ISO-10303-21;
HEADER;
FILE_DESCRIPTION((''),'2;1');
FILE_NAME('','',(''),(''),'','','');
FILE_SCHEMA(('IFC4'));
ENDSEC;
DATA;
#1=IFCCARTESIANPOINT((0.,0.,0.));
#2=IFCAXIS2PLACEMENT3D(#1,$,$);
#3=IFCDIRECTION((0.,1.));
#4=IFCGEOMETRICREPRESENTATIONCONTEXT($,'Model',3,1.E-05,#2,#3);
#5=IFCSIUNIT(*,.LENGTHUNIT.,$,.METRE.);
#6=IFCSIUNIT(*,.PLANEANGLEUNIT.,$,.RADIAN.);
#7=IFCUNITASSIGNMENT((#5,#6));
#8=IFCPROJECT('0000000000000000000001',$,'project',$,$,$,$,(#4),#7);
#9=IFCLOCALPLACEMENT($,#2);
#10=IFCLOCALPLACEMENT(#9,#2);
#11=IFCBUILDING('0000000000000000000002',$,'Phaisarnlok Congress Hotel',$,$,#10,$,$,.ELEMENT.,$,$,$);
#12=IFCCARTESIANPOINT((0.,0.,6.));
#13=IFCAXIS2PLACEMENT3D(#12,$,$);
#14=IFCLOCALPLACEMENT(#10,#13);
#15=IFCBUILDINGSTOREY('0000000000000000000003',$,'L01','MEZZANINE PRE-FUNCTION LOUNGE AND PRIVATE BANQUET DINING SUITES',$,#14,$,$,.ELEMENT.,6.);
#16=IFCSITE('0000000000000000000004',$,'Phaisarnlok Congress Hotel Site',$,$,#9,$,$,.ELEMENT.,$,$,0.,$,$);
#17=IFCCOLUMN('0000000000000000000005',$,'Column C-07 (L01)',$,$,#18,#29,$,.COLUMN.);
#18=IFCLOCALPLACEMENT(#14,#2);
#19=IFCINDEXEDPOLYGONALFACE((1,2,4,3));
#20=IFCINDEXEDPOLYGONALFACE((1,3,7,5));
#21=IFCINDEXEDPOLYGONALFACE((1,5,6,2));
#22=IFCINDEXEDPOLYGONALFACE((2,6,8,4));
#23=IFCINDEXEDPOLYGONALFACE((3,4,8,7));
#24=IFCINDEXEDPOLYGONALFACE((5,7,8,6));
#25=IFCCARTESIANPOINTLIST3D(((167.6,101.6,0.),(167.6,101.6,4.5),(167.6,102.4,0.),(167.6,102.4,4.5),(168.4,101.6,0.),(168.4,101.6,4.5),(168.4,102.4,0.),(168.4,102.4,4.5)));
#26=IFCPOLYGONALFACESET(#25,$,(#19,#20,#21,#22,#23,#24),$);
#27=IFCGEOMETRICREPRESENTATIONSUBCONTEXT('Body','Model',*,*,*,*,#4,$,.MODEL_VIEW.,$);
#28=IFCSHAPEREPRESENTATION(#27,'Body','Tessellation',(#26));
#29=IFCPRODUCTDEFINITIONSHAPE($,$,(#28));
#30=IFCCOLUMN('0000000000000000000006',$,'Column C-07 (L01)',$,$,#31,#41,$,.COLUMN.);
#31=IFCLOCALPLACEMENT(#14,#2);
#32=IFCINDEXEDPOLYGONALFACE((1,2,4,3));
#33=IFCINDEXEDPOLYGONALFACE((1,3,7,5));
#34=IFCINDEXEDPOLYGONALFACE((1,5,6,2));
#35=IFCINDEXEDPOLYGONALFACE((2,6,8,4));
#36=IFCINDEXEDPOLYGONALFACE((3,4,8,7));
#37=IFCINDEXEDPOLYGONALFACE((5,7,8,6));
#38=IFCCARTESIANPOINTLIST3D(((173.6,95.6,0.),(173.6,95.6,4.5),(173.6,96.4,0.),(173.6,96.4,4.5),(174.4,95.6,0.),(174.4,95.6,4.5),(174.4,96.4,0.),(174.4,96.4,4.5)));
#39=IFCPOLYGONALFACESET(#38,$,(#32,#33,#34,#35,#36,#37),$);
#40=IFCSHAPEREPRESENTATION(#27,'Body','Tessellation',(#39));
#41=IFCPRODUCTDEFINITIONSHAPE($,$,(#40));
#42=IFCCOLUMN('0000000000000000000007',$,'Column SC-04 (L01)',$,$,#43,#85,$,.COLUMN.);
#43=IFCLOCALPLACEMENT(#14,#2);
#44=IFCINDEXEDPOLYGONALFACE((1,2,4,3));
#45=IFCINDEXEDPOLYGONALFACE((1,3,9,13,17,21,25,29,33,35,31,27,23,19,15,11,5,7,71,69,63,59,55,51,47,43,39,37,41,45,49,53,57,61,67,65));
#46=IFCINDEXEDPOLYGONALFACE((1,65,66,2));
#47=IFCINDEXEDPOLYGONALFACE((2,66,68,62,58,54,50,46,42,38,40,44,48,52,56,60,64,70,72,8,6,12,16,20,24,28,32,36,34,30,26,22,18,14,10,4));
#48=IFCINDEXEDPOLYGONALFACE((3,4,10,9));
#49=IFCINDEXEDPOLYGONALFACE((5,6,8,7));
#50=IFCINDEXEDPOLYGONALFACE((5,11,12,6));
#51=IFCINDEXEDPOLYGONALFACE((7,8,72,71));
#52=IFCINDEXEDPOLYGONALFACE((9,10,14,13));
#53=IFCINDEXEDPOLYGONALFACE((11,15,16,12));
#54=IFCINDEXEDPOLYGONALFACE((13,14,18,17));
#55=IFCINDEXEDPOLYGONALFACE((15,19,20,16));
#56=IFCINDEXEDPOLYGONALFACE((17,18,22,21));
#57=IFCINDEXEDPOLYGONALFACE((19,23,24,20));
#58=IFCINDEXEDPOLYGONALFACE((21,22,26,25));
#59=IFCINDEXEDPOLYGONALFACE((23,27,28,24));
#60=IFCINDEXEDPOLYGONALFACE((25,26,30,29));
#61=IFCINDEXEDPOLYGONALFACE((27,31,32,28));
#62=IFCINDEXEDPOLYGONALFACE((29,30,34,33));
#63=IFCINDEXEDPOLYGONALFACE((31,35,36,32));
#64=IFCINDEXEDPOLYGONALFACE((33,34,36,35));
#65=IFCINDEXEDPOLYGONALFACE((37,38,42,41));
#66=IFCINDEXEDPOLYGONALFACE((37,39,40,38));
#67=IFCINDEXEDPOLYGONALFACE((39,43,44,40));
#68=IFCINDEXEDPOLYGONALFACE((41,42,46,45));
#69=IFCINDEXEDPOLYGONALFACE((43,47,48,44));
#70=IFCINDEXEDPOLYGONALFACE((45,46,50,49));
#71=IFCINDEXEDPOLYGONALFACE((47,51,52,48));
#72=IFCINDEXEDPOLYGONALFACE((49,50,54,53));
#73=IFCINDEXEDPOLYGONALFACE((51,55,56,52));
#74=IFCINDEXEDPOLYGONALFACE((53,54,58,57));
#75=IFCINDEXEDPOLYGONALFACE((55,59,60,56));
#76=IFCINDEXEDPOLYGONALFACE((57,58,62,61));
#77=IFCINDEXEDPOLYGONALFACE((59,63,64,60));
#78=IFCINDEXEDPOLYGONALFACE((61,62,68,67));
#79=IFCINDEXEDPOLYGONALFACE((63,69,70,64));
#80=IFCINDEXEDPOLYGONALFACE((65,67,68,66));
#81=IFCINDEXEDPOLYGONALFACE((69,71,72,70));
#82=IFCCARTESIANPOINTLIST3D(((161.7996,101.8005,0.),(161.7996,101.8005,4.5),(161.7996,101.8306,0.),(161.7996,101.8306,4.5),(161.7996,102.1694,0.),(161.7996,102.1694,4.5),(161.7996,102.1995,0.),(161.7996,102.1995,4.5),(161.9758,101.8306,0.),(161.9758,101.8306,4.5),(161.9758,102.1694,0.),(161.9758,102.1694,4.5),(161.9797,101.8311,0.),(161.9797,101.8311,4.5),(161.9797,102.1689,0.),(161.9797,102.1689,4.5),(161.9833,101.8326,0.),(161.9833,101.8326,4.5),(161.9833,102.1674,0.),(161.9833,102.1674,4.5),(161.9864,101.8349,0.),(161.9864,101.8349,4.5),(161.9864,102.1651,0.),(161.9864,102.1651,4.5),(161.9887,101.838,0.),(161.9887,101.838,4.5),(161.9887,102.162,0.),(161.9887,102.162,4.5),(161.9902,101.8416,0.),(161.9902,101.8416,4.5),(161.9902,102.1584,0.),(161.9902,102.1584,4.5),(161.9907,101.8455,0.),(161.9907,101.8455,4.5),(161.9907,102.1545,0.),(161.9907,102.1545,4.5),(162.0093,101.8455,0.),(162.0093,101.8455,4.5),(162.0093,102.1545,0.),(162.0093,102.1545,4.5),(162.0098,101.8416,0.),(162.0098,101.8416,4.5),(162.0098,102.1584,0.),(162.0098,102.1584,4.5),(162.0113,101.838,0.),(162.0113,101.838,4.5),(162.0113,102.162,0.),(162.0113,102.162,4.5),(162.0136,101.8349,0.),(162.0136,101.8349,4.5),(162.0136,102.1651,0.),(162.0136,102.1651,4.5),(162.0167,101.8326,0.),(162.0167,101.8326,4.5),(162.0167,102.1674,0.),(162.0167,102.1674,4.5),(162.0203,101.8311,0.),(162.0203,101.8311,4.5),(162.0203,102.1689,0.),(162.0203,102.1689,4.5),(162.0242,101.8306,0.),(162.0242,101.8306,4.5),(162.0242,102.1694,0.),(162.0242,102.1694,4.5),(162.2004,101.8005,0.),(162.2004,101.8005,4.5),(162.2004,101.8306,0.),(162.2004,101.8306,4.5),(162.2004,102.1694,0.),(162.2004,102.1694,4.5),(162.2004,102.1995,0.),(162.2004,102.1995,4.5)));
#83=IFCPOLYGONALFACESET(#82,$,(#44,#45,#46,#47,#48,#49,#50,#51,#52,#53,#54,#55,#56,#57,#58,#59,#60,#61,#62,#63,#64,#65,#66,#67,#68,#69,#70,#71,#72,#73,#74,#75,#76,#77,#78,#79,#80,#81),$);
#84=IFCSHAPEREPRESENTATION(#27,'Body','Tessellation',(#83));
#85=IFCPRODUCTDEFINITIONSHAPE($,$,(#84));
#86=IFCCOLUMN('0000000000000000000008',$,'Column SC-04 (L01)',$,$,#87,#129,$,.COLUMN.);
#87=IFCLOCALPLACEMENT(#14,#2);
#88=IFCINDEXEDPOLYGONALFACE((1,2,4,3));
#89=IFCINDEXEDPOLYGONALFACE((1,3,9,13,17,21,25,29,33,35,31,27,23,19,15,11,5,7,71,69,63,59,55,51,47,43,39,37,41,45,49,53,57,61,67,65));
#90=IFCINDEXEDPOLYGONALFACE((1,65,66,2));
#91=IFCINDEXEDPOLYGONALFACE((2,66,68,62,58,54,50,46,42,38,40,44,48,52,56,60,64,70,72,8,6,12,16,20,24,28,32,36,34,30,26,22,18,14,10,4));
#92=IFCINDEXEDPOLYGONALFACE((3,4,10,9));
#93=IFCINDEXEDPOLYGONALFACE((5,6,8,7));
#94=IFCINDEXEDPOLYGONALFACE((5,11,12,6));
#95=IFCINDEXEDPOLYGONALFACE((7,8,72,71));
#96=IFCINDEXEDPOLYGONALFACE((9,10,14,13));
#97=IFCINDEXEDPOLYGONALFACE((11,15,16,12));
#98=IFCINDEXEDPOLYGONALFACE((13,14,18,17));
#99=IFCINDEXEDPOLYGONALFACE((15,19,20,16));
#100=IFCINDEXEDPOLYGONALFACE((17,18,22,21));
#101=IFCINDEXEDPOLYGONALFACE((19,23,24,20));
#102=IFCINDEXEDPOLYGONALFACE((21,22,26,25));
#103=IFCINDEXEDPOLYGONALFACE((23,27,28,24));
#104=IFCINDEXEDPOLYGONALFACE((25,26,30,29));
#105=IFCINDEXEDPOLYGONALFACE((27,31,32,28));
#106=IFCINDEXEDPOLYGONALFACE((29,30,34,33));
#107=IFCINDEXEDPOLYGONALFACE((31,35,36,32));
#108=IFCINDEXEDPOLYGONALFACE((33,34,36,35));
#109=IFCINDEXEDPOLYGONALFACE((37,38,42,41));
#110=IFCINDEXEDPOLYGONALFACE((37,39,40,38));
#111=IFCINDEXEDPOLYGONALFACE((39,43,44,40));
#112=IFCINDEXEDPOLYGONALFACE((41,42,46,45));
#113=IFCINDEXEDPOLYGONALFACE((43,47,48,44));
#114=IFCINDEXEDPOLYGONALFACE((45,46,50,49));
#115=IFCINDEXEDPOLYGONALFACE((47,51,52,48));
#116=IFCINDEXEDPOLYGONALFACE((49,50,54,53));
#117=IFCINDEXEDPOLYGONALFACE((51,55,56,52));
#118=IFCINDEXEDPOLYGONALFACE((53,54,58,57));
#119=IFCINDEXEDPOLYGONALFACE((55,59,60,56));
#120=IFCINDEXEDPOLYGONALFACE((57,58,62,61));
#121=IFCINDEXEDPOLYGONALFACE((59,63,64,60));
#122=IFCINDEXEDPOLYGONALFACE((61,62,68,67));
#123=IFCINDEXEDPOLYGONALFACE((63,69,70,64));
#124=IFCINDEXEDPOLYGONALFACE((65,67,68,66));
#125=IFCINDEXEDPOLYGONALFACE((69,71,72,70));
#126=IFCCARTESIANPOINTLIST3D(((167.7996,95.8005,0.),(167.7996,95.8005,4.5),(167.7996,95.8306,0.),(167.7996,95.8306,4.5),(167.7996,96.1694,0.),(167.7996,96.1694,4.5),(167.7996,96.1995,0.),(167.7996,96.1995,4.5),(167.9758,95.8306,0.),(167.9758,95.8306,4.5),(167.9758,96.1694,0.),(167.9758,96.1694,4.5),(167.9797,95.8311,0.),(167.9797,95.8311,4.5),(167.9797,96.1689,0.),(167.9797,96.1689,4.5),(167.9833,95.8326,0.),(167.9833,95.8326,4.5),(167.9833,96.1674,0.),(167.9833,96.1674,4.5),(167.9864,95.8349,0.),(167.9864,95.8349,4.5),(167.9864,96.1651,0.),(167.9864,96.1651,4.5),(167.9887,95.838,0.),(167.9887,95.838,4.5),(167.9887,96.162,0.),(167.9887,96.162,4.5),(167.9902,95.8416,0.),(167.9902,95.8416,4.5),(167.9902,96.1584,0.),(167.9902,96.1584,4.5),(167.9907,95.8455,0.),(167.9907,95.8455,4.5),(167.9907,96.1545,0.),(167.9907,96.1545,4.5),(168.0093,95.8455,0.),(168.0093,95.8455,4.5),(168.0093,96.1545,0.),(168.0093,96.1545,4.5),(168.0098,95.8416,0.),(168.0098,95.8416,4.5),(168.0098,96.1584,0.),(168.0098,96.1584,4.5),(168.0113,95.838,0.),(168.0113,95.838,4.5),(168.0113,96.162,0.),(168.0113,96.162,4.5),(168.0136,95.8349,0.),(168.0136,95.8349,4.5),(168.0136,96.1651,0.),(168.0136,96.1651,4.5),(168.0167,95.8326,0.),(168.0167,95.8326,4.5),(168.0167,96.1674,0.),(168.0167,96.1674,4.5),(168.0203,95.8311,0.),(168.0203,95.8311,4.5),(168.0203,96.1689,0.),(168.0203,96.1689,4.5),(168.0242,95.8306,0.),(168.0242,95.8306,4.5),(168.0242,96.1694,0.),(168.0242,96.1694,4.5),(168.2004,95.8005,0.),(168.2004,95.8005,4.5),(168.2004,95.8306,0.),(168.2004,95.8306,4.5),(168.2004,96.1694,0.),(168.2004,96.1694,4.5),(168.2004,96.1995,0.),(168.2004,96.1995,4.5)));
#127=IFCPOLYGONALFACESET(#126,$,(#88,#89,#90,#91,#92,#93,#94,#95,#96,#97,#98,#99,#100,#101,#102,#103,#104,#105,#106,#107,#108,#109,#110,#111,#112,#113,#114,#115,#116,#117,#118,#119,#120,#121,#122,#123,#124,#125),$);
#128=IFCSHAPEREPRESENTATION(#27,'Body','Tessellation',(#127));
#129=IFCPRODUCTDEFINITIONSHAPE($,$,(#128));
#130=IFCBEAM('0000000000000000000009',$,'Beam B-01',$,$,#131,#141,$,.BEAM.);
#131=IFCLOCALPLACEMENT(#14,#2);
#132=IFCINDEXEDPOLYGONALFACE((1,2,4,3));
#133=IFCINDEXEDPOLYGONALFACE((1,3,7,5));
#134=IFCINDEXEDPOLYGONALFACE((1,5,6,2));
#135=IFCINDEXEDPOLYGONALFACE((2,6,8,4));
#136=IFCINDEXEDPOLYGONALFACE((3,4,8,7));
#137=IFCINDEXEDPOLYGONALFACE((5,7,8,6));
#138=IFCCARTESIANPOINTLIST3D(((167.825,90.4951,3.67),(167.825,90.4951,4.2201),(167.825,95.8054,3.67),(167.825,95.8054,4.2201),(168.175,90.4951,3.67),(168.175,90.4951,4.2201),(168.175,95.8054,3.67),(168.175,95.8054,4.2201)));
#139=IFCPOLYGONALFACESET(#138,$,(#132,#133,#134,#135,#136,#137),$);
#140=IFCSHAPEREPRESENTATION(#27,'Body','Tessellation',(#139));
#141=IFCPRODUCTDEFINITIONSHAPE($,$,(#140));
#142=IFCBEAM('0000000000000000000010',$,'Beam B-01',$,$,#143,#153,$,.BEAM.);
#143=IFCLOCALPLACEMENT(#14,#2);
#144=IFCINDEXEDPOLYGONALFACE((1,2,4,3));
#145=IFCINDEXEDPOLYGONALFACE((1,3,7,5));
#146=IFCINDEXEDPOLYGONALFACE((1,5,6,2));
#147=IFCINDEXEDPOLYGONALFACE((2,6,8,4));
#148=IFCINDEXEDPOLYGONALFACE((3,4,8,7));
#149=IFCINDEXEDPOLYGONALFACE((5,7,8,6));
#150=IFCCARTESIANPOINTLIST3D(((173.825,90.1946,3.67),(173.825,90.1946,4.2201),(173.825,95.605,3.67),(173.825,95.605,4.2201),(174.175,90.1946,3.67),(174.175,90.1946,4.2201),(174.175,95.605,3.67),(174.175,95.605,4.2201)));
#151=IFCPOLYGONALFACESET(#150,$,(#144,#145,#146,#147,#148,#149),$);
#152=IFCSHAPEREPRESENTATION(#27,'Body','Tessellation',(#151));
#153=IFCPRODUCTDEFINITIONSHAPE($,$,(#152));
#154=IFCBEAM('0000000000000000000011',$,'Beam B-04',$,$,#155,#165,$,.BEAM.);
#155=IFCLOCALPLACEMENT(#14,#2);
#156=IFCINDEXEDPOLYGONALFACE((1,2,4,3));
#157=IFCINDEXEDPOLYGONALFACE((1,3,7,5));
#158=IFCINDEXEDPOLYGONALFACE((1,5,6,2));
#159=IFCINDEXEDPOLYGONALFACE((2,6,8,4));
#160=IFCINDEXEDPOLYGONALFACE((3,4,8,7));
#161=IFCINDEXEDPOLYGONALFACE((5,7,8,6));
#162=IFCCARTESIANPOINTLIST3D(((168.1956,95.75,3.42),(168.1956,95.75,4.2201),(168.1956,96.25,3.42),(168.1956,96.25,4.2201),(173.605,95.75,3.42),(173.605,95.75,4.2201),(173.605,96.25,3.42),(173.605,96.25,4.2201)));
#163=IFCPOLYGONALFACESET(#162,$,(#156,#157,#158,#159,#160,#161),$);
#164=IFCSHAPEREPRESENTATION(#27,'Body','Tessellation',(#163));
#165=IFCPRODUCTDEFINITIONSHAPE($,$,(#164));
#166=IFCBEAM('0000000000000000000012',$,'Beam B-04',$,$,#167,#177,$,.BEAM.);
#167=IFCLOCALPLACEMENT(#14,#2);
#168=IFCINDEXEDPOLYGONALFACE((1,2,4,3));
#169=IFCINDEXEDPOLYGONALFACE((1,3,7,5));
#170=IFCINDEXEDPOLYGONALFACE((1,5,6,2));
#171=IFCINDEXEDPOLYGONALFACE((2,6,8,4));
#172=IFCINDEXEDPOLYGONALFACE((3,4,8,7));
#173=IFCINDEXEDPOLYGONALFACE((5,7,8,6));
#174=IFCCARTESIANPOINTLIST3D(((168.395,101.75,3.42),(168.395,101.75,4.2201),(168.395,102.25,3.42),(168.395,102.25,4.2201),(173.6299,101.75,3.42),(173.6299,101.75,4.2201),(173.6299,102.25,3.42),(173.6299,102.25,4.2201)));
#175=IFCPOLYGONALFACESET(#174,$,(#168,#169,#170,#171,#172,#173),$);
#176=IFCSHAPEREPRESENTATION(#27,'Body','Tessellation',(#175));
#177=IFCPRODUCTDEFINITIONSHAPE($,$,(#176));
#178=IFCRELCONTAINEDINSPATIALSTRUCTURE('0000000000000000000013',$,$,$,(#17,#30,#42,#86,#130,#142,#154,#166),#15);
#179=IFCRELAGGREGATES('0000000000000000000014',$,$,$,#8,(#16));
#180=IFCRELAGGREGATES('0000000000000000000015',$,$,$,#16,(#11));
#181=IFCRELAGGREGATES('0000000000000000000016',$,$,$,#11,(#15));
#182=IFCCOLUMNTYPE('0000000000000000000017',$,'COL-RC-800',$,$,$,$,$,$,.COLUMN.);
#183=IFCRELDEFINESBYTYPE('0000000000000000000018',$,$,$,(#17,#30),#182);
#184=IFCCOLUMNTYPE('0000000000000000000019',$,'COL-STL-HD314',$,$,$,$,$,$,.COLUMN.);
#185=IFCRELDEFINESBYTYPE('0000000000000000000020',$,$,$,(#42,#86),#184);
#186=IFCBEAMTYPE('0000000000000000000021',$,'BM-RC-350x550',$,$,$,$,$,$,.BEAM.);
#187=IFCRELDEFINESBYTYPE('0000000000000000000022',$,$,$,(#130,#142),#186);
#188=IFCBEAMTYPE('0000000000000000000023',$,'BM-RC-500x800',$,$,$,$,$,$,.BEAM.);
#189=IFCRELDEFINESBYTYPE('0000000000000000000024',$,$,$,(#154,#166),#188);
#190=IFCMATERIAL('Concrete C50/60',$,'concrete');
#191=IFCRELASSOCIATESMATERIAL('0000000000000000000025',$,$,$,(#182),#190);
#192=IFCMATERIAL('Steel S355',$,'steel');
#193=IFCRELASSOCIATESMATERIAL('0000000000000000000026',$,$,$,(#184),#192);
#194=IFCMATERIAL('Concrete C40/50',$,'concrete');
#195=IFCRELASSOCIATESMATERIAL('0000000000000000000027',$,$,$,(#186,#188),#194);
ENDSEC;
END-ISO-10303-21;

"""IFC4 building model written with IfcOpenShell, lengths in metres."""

from ifc_helpers import new_model, si_unit, direction, frame, origin, origin_2d, place, context, subcontext, project, spatial, rectangle, i_section, extrude, material, material_profile, profile_set, type_object, element, save


model = new_model("IFC4")

# Units and contexts
model_context = context("Model", 3, precision=1e-05, world=origin(), true_north=direction((0.0, 1.0)))
body_context = subcontext(model_context, "Body", "Model", "MODEL_VIEW")
ifc_project = project(units=[si_unit("LENGTHUNIT", "METRE"), si_unit("PLANEANGLEUNIT", "RADIAN")], contexts=[model_context])

# Site, building, storey
site_placement = place(None, origin())
site = spatial("IfcSite", under=ifc_project, at=site_placement, Name="Phaisarnlok Congress Hotel Site", CompositionType="ELEMENT", RefElevation=0.0)
building_placement = place(site_placement, origin())
building = spatial("IfcBuilding", under=site, at=building_placement, Name="Phaisarnlok Congress Hotel", CompositionType="ELEMENT")
storey_placement = place(building_placement, frame((0.0, 0.0, 6.0)))
storey = spatial("IfcBuildingStorey", under=building, at=storey_placement, Name="L01", Description="MEZZANINE PRE-FUNCTION LOUNGE AND PRIVATE BANQUET DINING SUITES", CompositionType="ELEMENT", Elevation=6.0)

# Columns
ifc_material_1 = material(Name="Concrete C50/60", Category="concrete")
ifc_material_profile_1 = material_profile(ifc_material_1, rectangle(XDim=0.8, YDim=0.8, at=origin_2d()), Name="RC 800x800")
ifc_profile_set_1 = profile_set([ifc_material_profile_1], Name="Concrete C50/60")
column_type_1 = type_object("IfcColumnType", Name="COL-RC-800", PredefinedType="COLUMN", material=ifc_profile_set_1)
for number, where, z_axis, x_axis, name in (
    (1, (168.0, 102.0, 0.0), (0.0, 0.0, 1.0), (1.0, 0.0, 0.0), "Column C-07 (L01)"),
    (2, (174.0, 96.0, 0.0), (0.0, 0.0, 1.0), (1.0, 0.0, 0.0), "Column C-07 (L01)"),
):
    element("IfcColumn", number, at=place(storey_placement, frame(where, z_axis=z_axis, x_axis=x_axis)), inside=storey, type_object=column_type_1, Name=name, PredefinedType="COLUMN", context=body_context, shape_type="SweptSolid", body=[
        extrude(rectangle(XDim=0.8, YDim=0.8, at=origin_2d()), origin(), (0.0, 0.0, 1.0), 4.5),
    ])
ifc_material_2 = material(Name="Steel S355", Category="steel")
ifc_material_profile_2 = material_profile(ifc_material_2, i_section(OverallWidth=0.4009, OverallDepth=0.3989, WebThickness=0.0186, FlangeThickness=0.03, FilletRadius=0.0149, at=origin_2d()), Name="HD 400x314")
ifc_profile_set_2 = profile_set([ifc_material_profile_2], Name="Steel S355")
column_type_2 = type_object("IfcColumnType", Name="COL-STL-HD314", PredefinedType="COLUMN", material=ifc_profile_set_2)
for number, where, z_axis, x_axis, name in (
    (3, (162.0, 102.0, 0.0), (0.0, 0.0, 1.0), (1.0, 0.0, 0.0), "Column SC-04 (L01)"),
    (4, (168.0, 96.0, 0.0), (0.0, 0.0, 1.0), (1.0, 0.0, 0.0), "Column SC-04 (L01)"),
):
    element("IfcColumn", number, at=place(storey_placement, frame(where, z_axis=z_axis, x_axis=x_axis)), inside=storey, type_object=column_type_2, Name=name, PredefinedType="COLUMN", context=body_context, shape_type="SweptSolid", body=[
        extrude(i_section(OverallWidth=0.4009, OverallDepth=0.3989, WebThickness=0.0186, FlangeThickness=0.03, FilletRadius=0.0149, at=origin_2d()), origin(), (0.0, 0.0, 1.0), 4.5),
    ])

# Beams
ifc_material_3 = material(Name="Concrete C40/50", Category="concrete")
ifc_material_profile_3 = material_profile(ifc_material_3, rectangle(XDim=0.3501, YDim=0.55, at=origin_2d()), Name="RC 350x550")
ifc_profile_set_3 = profile_set([ifc_material_profile_3], Name="Concrete C40/50")
beam_type_1 = type_object("IfcBeamType", Name="BM-RC-350x550", PredefinedType="BEAM", material=ifc_profile_set_3)
beam_1_placement = place(storey_placement, frame((168.0, 90.4951, 3.9451), z_axis=(0.0, 1.0, 0.0), x_axis=(-1.0, 0.0, 0.0)))
element("IfcBeam", 5, at=beam_1_placement, inside=storey, type_object=beam_type_1, Name="Beam B-01", PredefinedType="BEAM", context=body_context, shape_type="SweptSolid", body=[
    extrude(rectangle(XDim=0.3501, YDim=0.55, at=origin_2d()), origin(), (0.0, 0.0, 1.0), 5.3103),
])
beam_2_placement = place(storey_placement, frame((174.0, 90.1946, 3.9451), z_axis=(0.0, 1.0, 0.0), x_axis=(-1.0, 0.0, 0.0)))
element("IfcBeam", 6, at=beam_2_placement, inside=storey, type_object=beam_type_1, Name="Beam B-01", PredefinedType="BEAM", context=body_context, shape_type="SweptSolid", body=[
    extrude(rectangle(XDim=0.3501, YDim=0.55, at=origin_2d()), origin(), (0.0, 0.0, 1.0), 5.4104),
])
ifc_material_profile_4 = material_profile(ifc_material_3, rectangle(XDim=0.5, YDim=0.8, at=origin_2d()), Name="RC 500x800")
ifc_profile_set_4 = profile_set([ifc_material_profile_4], Name="Concrete C40/50")
beam_type_2 = type_object("IfcBeamType", Name="BM-RC-500x800", PredefinedType="BEAM", material=ifc_profile_set_4)
beam_3_placement = place(storey_placement, frame((168.1956, 96.0, 3.8201), z_axis=(1.0, 0.0, 0.0), x_axis=(0.0, 1.0, 0.0)))
element("IfcBeam", 7, at=beam_3_placement, inside=storey, type_object=beam_type_2, Name="Beam B-04", PredefinedType="BEAM", context=body_context, shape_type="SweptSolid", body=[
    extrude(rectangle(XDim=0.5, YDim=0.8, at=origin_2d()), origin(), (0.0, 0.0, 1.0), 5.4094),
])
beam_4_placement = place(storey_placement, frame((168.395, 102.0, 3.8201), z_axis=(1.0, 0.0, 0.0), x_axis=(0.0, 1.0, 0.0)))
element("IfcBeam", 8, at=beam_4_placement, inside=storey, type_object=beam_type_2, Name="Beam B-04", PredefinedType="BEAM", context=body_context, shape_type="SweptSolid", body=[
    extrude(rectangle(XDim=0.5, YDim=0.8, at=origin_2d()), origin(), (0.0, 0.0, 1.0), 5.2349),
])

save(model, "model.ifc")
